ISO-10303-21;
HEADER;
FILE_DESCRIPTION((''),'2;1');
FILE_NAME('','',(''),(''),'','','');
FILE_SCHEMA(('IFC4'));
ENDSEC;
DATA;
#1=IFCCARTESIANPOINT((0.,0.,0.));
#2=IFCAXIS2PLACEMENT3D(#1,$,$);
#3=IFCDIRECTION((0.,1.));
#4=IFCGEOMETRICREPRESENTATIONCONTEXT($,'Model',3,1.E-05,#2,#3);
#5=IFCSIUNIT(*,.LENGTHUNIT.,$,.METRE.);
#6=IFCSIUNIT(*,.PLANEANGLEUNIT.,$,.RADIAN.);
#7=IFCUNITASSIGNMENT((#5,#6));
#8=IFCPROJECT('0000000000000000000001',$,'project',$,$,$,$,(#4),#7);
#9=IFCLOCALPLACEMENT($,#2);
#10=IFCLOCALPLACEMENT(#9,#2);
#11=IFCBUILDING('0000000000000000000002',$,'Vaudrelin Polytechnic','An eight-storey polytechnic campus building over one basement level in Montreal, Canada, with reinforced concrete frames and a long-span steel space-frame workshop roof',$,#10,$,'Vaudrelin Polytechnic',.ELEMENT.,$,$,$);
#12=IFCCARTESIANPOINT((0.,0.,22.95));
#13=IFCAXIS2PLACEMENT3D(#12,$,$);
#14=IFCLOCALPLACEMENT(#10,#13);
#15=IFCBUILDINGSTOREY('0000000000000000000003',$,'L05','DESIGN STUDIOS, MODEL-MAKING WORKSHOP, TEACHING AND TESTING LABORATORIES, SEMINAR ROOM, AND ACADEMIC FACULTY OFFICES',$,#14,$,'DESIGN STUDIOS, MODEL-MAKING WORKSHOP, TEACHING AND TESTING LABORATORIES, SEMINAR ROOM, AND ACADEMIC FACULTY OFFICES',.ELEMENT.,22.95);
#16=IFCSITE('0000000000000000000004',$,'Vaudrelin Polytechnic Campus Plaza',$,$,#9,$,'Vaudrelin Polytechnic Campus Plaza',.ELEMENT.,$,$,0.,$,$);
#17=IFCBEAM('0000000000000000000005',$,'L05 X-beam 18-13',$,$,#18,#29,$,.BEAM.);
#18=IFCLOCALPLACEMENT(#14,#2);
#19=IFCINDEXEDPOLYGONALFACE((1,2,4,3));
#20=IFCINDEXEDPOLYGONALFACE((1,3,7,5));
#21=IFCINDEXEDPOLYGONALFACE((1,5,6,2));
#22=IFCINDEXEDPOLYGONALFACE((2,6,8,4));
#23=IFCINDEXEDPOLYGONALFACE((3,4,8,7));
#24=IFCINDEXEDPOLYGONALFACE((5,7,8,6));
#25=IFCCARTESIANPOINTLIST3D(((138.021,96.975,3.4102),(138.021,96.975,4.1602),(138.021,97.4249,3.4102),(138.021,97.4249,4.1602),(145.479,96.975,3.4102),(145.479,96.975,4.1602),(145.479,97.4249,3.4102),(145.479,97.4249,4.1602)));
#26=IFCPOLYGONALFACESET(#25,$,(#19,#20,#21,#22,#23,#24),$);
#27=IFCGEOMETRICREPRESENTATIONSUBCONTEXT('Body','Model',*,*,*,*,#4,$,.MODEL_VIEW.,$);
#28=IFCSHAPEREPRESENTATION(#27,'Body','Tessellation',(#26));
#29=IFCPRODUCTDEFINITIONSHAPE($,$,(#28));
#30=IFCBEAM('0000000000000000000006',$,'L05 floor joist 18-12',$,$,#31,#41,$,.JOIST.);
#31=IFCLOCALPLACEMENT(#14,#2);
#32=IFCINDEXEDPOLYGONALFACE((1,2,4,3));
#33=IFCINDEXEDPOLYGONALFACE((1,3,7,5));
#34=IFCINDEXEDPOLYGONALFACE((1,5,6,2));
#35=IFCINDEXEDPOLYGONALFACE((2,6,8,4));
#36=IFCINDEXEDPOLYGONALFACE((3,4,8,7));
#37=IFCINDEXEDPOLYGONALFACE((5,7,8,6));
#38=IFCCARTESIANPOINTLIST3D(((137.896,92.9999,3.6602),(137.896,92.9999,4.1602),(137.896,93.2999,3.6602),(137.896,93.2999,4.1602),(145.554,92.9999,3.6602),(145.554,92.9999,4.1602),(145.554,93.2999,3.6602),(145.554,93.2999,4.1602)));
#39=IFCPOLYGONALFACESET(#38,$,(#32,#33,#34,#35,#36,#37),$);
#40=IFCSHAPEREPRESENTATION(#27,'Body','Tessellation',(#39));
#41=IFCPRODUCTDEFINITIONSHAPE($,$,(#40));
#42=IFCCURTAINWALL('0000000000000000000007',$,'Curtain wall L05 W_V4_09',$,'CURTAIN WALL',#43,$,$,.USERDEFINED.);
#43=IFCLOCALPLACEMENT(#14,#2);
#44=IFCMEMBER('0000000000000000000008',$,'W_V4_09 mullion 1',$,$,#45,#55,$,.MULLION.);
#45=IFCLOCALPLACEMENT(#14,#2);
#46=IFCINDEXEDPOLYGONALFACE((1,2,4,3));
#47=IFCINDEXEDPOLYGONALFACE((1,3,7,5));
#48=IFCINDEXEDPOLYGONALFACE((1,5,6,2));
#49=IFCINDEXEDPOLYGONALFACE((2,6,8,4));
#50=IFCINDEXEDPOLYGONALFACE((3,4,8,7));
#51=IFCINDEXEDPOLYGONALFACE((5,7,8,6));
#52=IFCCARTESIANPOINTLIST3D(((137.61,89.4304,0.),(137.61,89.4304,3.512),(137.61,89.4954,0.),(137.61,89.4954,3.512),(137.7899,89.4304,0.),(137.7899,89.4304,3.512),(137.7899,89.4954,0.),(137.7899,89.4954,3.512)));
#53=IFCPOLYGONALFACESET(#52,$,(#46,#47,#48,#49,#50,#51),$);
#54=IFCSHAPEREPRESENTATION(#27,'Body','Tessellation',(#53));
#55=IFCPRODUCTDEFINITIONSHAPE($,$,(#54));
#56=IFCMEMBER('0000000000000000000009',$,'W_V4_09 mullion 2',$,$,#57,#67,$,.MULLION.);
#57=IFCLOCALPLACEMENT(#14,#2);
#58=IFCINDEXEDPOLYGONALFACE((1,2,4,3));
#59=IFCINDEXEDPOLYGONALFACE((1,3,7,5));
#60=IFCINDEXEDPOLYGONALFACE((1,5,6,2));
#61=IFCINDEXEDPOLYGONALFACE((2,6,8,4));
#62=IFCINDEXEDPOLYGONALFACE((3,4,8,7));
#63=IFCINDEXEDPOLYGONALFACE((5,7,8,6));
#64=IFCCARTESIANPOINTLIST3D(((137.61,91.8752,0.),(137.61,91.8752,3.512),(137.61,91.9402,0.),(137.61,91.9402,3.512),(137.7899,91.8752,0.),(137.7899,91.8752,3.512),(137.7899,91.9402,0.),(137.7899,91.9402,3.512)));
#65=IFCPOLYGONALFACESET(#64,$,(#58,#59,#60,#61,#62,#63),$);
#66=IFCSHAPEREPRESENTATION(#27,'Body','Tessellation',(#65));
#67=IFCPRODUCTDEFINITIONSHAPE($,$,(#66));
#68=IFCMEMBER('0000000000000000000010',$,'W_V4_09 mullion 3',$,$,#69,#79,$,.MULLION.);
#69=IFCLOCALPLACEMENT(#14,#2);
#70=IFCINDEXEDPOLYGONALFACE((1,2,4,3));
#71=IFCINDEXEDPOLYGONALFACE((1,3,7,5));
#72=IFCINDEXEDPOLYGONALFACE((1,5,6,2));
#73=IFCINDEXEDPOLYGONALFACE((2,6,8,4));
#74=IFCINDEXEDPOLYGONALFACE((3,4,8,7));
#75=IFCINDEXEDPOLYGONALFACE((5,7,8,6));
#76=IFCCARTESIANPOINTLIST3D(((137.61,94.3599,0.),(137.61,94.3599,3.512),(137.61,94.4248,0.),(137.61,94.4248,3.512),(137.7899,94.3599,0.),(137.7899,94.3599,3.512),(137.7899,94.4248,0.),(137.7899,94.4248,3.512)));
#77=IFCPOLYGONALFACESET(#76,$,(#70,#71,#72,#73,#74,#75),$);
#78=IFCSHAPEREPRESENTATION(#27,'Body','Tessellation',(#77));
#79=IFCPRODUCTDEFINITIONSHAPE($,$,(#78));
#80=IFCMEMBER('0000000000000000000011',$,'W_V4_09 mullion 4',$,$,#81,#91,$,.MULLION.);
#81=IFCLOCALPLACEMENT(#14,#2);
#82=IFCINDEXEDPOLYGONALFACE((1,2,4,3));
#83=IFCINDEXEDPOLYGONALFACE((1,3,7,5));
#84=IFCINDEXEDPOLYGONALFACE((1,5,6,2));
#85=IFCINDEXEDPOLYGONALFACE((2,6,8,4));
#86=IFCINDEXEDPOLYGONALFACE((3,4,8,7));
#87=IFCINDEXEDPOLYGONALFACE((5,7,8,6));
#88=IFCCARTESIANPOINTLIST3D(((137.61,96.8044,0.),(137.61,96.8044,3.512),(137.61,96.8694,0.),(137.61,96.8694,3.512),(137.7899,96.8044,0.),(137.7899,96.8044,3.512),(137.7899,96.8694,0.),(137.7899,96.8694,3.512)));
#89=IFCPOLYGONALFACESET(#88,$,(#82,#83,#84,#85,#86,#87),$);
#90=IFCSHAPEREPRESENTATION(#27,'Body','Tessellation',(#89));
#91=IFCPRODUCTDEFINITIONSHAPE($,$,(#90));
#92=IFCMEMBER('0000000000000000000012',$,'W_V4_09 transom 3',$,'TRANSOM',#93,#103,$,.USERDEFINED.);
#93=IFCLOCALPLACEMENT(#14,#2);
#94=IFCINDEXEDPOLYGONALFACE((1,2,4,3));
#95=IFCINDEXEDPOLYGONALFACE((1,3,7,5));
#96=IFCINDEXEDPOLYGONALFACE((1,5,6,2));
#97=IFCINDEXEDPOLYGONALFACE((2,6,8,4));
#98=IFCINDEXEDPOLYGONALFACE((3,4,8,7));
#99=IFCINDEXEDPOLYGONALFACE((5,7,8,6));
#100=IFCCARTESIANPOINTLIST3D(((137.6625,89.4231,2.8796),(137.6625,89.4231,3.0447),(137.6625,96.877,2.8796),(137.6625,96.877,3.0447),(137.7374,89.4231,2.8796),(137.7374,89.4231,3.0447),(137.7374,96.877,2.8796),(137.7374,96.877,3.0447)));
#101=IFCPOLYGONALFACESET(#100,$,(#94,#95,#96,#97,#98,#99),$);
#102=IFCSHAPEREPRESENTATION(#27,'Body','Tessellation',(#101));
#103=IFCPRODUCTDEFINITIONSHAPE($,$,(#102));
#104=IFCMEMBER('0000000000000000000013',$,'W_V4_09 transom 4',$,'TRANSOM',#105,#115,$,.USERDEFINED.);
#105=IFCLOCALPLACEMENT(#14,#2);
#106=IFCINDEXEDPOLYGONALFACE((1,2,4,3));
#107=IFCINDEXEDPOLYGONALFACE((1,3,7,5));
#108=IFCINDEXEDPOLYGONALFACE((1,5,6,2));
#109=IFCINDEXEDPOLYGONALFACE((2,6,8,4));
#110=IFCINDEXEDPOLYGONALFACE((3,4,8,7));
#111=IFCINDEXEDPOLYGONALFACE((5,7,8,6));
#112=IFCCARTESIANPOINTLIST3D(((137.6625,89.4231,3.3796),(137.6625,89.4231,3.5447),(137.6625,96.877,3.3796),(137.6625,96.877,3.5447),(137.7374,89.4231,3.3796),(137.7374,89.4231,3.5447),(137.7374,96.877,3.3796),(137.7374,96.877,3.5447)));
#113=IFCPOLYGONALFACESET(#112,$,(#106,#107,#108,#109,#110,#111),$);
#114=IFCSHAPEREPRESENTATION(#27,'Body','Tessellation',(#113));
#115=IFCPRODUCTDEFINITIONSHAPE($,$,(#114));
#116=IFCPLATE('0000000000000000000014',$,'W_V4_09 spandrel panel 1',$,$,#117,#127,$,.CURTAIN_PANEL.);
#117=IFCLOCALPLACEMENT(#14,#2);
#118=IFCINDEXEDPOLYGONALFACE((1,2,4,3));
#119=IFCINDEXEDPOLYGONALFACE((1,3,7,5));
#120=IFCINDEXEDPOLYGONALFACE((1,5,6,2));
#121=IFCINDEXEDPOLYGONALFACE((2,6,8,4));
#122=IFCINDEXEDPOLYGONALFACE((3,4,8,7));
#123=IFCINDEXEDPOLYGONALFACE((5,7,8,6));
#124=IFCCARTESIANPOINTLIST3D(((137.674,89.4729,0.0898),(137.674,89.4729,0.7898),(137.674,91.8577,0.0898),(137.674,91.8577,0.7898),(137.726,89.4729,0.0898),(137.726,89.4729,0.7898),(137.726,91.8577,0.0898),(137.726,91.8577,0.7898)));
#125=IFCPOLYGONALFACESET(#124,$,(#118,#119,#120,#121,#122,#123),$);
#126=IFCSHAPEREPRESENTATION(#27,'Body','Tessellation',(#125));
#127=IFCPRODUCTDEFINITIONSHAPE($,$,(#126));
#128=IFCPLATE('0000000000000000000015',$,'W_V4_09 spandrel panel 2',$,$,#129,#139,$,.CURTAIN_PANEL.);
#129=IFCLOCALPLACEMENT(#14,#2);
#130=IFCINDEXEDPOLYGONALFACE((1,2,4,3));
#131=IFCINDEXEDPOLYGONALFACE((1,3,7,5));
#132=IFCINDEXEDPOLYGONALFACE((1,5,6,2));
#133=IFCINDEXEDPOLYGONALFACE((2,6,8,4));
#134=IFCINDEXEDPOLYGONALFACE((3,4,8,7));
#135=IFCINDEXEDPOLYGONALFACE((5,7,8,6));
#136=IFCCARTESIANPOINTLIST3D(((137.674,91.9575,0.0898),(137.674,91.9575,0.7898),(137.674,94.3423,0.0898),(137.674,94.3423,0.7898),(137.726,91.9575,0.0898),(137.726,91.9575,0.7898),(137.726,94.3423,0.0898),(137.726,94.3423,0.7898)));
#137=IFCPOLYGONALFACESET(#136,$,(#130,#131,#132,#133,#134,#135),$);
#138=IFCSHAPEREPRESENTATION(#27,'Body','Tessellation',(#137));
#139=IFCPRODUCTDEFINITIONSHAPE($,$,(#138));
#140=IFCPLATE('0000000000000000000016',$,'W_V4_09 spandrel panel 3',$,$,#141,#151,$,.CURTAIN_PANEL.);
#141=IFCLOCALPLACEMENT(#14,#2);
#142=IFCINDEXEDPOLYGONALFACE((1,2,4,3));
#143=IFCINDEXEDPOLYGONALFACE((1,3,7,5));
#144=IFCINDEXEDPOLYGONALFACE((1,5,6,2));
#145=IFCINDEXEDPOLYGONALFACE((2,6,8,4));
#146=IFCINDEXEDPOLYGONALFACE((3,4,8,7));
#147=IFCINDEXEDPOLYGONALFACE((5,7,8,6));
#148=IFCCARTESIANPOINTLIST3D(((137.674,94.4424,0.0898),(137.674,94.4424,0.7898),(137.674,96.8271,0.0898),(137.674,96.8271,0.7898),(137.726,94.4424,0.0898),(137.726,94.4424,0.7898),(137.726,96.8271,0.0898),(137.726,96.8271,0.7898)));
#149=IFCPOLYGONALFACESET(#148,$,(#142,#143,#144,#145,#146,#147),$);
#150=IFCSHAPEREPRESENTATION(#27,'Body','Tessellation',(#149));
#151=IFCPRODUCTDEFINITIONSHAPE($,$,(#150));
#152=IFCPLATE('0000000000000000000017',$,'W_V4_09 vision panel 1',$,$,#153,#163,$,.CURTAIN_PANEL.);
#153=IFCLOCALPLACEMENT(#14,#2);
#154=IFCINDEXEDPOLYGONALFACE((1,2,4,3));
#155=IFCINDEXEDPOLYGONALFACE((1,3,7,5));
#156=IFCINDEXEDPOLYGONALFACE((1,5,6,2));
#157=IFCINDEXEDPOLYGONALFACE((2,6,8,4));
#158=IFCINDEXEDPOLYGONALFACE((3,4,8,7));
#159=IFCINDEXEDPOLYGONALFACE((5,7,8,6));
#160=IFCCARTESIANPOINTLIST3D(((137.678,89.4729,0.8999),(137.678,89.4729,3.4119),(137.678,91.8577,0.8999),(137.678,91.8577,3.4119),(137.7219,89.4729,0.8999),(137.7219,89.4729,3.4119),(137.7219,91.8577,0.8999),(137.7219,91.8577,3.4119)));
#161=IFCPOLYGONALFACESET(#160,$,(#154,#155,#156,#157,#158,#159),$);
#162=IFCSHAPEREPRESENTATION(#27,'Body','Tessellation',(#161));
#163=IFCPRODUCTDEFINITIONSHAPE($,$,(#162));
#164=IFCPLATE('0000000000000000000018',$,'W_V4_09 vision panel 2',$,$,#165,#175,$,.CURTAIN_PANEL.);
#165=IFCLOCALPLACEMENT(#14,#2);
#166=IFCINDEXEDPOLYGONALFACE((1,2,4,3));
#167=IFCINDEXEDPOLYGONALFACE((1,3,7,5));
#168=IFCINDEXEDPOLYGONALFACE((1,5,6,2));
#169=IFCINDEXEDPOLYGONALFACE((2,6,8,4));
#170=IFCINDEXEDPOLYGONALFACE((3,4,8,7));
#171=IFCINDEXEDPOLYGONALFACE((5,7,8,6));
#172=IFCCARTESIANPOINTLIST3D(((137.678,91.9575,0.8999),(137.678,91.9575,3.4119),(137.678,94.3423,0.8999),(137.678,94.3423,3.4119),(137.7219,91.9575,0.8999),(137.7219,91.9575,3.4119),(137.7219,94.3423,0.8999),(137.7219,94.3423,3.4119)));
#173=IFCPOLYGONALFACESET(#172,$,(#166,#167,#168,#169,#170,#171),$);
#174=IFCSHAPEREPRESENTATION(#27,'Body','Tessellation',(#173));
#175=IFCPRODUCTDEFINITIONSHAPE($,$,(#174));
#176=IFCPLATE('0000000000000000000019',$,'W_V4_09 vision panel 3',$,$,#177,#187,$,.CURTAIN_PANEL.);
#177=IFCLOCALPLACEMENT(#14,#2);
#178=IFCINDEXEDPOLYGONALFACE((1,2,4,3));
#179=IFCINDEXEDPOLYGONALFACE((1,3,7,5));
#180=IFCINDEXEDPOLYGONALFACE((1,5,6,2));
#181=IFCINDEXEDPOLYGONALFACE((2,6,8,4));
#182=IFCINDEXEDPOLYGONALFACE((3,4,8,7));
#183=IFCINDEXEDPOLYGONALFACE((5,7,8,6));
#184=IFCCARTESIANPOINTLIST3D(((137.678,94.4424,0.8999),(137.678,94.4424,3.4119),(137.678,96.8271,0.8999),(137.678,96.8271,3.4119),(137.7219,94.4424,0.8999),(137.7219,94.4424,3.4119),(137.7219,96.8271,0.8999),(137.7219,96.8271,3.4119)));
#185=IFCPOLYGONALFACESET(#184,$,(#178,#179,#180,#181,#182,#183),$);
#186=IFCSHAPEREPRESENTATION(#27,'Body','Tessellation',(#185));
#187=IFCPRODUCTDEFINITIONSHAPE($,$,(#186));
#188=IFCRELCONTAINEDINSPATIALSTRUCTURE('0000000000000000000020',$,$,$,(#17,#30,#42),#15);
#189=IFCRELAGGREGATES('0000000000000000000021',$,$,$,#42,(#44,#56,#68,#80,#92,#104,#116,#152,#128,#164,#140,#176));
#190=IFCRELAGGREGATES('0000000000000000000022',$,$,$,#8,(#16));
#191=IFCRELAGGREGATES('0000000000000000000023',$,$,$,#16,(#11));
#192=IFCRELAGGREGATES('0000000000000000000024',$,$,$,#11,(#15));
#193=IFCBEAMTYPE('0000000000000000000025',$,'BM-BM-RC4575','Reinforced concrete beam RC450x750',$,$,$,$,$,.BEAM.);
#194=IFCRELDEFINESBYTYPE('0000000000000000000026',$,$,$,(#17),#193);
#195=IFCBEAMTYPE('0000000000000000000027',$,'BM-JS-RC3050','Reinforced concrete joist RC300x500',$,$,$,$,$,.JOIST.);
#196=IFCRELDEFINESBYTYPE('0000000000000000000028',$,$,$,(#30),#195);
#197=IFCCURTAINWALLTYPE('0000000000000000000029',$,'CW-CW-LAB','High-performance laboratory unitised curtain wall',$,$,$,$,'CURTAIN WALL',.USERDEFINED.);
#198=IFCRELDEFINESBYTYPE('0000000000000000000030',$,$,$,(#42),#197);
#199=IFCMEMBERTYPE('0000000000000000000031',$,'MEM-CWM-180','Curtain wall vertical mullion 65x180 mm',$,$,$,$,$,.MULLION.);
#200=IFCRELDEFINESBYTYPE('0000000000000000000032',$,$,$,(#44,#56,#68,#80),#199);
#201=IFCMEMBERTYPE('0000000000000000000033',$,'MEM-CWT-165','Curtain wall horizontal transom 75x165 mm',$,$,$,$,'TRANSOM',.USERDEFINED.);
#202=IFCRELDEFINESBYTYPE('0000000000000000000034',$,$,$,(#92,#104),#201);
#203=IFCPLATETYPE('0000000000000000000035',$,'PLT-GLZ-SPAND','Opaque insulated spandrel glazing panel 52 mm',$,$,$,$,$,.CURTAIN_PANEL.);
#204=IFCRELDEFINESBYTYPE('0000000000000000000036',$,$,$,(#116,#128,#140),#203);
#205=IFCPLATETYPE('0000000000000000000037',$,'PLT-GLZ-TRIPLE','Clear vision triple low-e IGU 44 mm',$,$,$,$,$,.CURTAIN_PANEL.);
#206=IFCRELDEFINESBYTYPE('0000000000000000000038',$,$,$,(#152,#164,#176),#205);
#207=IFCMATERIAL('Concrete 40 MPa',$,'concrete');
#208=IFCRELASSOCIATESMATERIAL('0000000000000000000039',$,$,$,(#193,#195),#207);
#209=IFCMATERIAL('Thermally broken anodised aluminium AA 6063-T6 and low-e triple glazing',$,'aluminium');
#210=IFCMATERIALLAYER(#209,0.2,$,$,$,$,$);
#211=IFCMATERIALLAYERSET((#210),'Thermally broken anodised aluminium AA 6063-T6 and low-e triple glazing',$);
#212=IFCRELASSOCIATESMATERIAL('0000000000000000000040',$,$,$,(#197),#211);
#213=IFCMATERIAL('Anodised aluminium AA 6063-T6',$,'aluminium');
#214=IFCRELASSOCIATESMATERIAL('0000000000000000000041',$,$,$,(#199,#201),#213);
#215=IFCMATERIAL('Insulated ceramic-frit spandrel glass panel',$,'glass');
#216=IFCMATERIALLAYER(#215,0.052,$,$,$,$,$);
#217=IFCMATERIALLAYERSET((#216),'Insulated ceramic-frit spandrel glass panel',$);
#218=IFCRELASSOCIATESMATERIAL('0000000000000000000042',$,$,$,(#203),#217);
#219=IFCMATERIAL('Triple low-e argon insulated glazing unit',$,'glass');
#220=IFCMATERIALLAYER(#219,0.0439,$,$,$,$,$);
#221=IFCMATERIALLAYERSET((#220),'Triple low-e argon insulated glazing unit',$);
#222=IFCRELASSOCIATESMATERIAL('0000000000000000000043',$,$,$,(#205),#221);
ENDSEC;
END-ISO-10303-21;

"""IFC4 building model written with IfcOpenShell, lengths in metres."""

from ifc_helpers import new_model, si_unit, direction, frame, origin, origin_2d, place, context, subcontext, project, spatial, rectangle, extrude, material, layer, layer_set, material_profile, profile_set, type_object, element, aggregate, save


model = new_model("IFC4")

# Units and contexts
model_context = context("Model", 3, precision=1e-05, world=origin(), true_north=direction((0.0, 1.0)))
body_context = subcontext(model_context, "Body", "Model", "MODEL_VIEW")
ifc_project = project(units=[si_unit("LENGTHUNIT", "METRE"), si_unit("PLANEANGLEUNIT", "RADIAN")], contexts=[model_context])

# Site, building, storey
site_placement = place(None, origin())
site = spatial("IfcSite", under=ifc_project, at=site_placement, Name="Vaudrelin Polytechnic Campus Plaza", LongName="Vaudrelin Polytechnic Campus Plaza", CompositionType="ELEMENT", RefElevation=0.0)
building_placement = place(site_placement, origin())
building = spatial("IfcBuilding", under=site, at=building_placement, Name="Vaudrelin Polytechnic", Description="An eight-storey polytechnic campus building over one basement level in Montreal, Canada, with reinforced concrete frames and a long-span steel space-frame workshop roof", LongName="Vaudrelin Polytechnic", CompositionType="ELEMENT")
storey_placement = place(building_placement, frame((0.0, 0.0, 22.95)))
storey = spatial("IfcBuildingStorey", under=building, at=storey_placement, Name="L05", Description="DESIGN STUDIOS, MODEL-MAKING WORKSHOP, TEACHING AND TESTING LABORATORIES, SEMINAR ROOM, AND ACADEMIC FACULTY OFFICES", LongName="DESIGN STUDIOS, MODEL-MAKING WORKSHOP, TEACHING AND TESTING LABORATORIES, SEMINAR ROOM, AND ACADEMIC FACULTY OFFICES", CompositionType="ELEMENT", Elevation=22.95)

# Beams
ifc_material_1 = material(Name="Concrete 40 MPa", Category="concrete")
ifc_material_profile_1 = material_profile(ifc_material_1, rectangle(XDim=0.45, YDim=0.75, at=origin_2d()), Name="RC450x750")
ifc_profile_set_1 = profile_set([ifc_material_profile_1], Name="Concrete 40 MPa")
beam_type_1 = type_object("IfcBeamType", Name="BM-BM-RC4575", Description="Reinforced concrete beam RC450x750", PredefinedType="BEAM", material=ifc_profile_set_1)
beam_1_placement = place(storey_placement, frame((138.021, 97.2, 3.7852), z_axis=(1.0, 0.0, 0.0), x_axis=(0.0, 1.0, 0.0)))
element("IfcBeam", 1, at=beam_1_placement, inside=storey, type_object=beam_type_1, Name="L05 X-beam 18-13", PredefinedType="BEAM", context=body_context, shape_type="SweptSolid", body=[
    extrude(rectangle(XDim=0.45, YDim=0.75, at=origin_2d()), origin(), (0.0, 0.0, 1.0), 7.458),
])
ifc_material_profile_2 = material_profile(ifc_material_1, rectangle(XDim=0.3, YDim=0.5, at=origin_2d()), Name="RC300x500")
ifc_profile_set_2 = profile_set([ifc_material_profile_2], Name="Concrete 40 MPa")
beam_type_2 = type_object("IfcBeamType", Name="BM-JS-RC3050", Description="Reinforced concrete joist RC300x500", PredefinedType="JOIST", material=ifc_profile_set_2)
beam_2_placement = place(storey_placement, frame((137.896, 93.1499, 3.9102), z_axis=(1.0, 0.0, 0.0), x_axis=(0.0, 1.0, 0.0)))
element("IfcBeam", 2, at=beam_2_placement, inside=storey, type_object=beam_type_2, Name="L05 floor joist 18-12", PredefinedType="JOIST", context=body_context, shape_type="SweptSolid", body=[
    extrude(rectangle(XDim=0.3, YDim=0.5, at=origin_2d()), origin(), (0.0, 0.0, 1.0), 7.658),
])

# Curtain wall, members, plates
ifc_material_2 = material(Name="Thermally broken anodised aluminium AA 6063-T6 and low-e triple glazing", Category="aluminium")
ifc_layer_1 = layer(ifc_material_2, 0.2)
ifc_layer_set_1 = layer_set([ifc_layer_1], Name="Thermally broken anodised aluminium AA 6063-T6 and low-e triple glazing")
curtain_wall_type = type_object("IfcCurtainWallType", Name="CW-CW-LAB", Description="High-performance laboratory unitised curtain wall", ElementType="CURTAIN WALL", PredefinedType="USERDEFINED", material=ifc_layer_set_1)
curtain_wall_placement = place(storey_placement, origin())
curtain_wall = element("IfcCurtainWall", 3, at=curtain_wall_placement, inside=storey, type_object=curtain_wall_type, Name="Curtain wall L05 W_V4_09", ObjectType="CURTAIN WALL", PredefinedType="USERDEFINED")
ifc_material_3 = material(Name="Anodised aluminium AA 6063-T6", Category="aluminium")
ifc_material_profile_3 = material_profile(ifc_material_3, rectangle(XDim=0.0649, YDim=0.1799, at=origin_2d()), Name="CWM-65x180")
ifc_profile_set_3 = profile_set([ifc_material_profile_3], Name="Anodised aluminium AA 6063-T6")
member_type_1 = type_object("IfcMemberType", Name="MEM-CWM-180", Description="Curtain wall vertical mullion 65x180 mm", PredefinedType="MULLION", material=ifc_profile_set_3)
member_1_placement = place(storey_placement, frame((137.7, 89.4629, 0.0), z_axis=(0.0, 0.0, 1.0), x_axis=(0.0, 1.0, 0.0)))
member_1 = element("IfcMember", 4, at=member_1_placement, type_object=member_type_1, Name="W_V4_09 mullion 1", PredefinedType="MULLION", context=body_context, shape_type="SweptSolid", body=[
    extrude(rectangle(XDim=0.0649, YDim=0.1799, at=origin_2d()), origin(), (0.0, 0.0, 1.0), 3.512),
])
member_2_placement = place(storey_placement, frame((137.7, 91.9077, 0.0), z_axis=(0.0, 0.0, 1.0), x_axis=(0.0, 1.0, 0.0)))
member_2 = element("IfcMember", 5, at=member_2_placement, type_object=member_type_1, Name="W_V4_09 mullion 2", PredefinedType="MULLION", context=body_context, shape_type="SweptSolid", body=[
    extrude(rectangle(XDim=0.0649, YDim=0.1799, at=origin_2d()), origin(), (0.0, 0.0, 1.0), 3.512),
])
member_3_placement = place(storey_placement, frame((137.7, 94.3923, 0.0), z_axis=(0.0, 0.0, 1.0), x_axis=(0.0, 1.0, 0.0)))
member_3 = element("IfcMember", 6, at=member_3_placement, type_object=member_type_1, Name="W_V4_09 mullion 3", PredefinedType="MULLION", context=body_context, shape_type="SweptSolid", body=[
    extrude(rectangle(XDim=0.0649, YDim=0.1799, at=origin_2d()), origin(), (0.0, 0.0, 1.0), 3.512),
])
member_4_placement = place(storey_placement, frame((137.7, 96.8369, 0.0), z_axis=(0.0, 0.0, 1.0), x_axis=(0.0, 1.0, 0.0)))
member_4 = element("IfcMember", 7, at=member_4_placement, type_object=member_type_1, Name="W_V4_09 mullion 4", PredefinedType="MULLION", context=body_context, shape_type="SweptSolid", body=[
    extrude(rectangle(XDim=0.0649, YDim=0.1799, at=origin_2d()), origin(), (0.0, 0.0, 1.0), 3.512),
])
ifc_material_profile_4 = material_profile(ifc_material_3, rectangle(XDim=0.075, YDim=0.165, at=origin_2d()), Name="CWT-75x165")
ifc_profile_set_4 = profile_set([ifc_material_profile_4], Name="Anodised aluminium AA 6063-T6")
member_type_2 = type_object("IfcMemberType", Name="MEM-CWT-165", Description="Curtain wall horizontal transom 75x165 mm", ElementType="TRANSOM", PredefinedType="USERDEFINED", material=ifc_profile_set_4)
member_5_placement = place(storey_placement, frame((137.7, 89.4231, 2.9622), z_axis=(0.0, 1.0, 0.0), x_axis=(-1.0, 0.0, 0.0)))
member_5 = element("IfcMember", 8, at=member_5_placement, type_object=member_type_2, Name="W_V4_09 transom 3", ObjectType="TRANSOM", PredefinedType="USERDEFINED", context=body_context, shape_type="SweptSolid", body=[
    extrude(rectangle(XDim=0.075, YDim=0.165, at=origin_2d()), origin(), (0.0, 0.0, 1.0), 7.4539),
])
member_6_placement = place(storey_placement, frame((137.7, 89.4231, 3.4622), z_axis=(0.0, 1.0, 0.0), x_axis=(-1.0, 0.0, 0.0)))
member_6 = element("IfcMember", 9, at=member_6_placement, type_object=member_type_2, Name="W_V4_09 transom 4", ObjectType="TRANSOM", PredefinedType="USERDEFINED", context=body_context, shape_type="SweptSolid", body=[
    extrude(rectangle(XDim=0.075, YDim=0.165, at=origin_2d()), origin(), (0.0, 0.0, 1.0), 7.4539),
])
ifc_material_4 = material(Name="Insulated ceramic-frit spandrel glass panel", Category="glass")
ifc_layer_2 = layer(ifc_material_4, 0.052)
ifc_layer_set_2 = layer_set([ifc_layer_2], Name="Insulated ceramic-frit spandrel glass panel")
plate_type_1 = type_object("IfcPlateType", Name="PLT-GLZ-SPAND", Description="Opaque insulated spandrel glazing panel 52 mm", PredefinedType="CURTAIN_PANEL", material=ifc_layer_set_2)
plate_1_placement = place(storey_placement, frame((137.7, 90.6653, 0.0898), z_axis=(0.0, 0.0, 1.0), x_axis=(0.0, 1.0, 0.0)))
plate_1 = element("IfcPlate", 10, at=plate_1_placement, type_object=plate_type_1, Name="W_V4_09 spandrel panel 1", PredefinedType="CURTAIN_PANEL", context=body_context, shape_type="SweptSolid", body=[
    extrude(rectangle(XDim=2.3848, YDim=0.052, at=origin_2d()), origin(), (0.0, 0.0, 1.0), 0.7),
])
plate_2_placement = place(storey_placement, frame((137.7, 93.1499, 0.0898), z_axis=(0.0, 0.0, 1.0), x_axis=(0.0, 1.0, 0.0)))
plate_2 = element("IfcPlate", 11, at=plate_2_placement, type_object=plate_type_1, Name="W_V4_09 spandrel panel 2", PredefinedType="CURTAIN_PANEL", context=body_context, shape_type="SweptSolid", body=[
    extrude(rectangle(XDim=2.3848, YDim=0.052, at=origin_2d()), origin(), (0.0, 0.0, 1.0), 0.7),
])
plate_3_placement = place(storey_placement, frame((137.7, 95.6348, 0.0898), z_axis=(0.0, 0.0, 1.0), x_axis=(0.0, 1.0, 0.0)))
plate_3 = element("IfcPlate", 12, at=plate_3_placement, type_object=plate_type_1, Name="W_V4_09 spandrel panel 3", PredefinedType="CURTAIN_PANEL", context=body_context, shape_type="SweptSolid", body=[
    extrude(rectangle(XDim=2.3848, YDim=0.052, at=origin_2d()), origin(), (0.0, 0.0, 1.0), 0.7),
])
ifc_material_5 = material(Name="Triple low-e argon insulated glazing unit", Category="glass")
ifc_layer_3 = layer(ifc_material_5, 0.0439)
ifc_layer_set_3 = layer_set([ifc_layer_3], Name="Triple low-e argon insulated glazing unit")
plate_type_2 = type_object("IfcPlateType", Name="PLT-GLZ-TRIPLE", Description="Clear vision triple low-e IGU 44 mm", PredefinedType="CURTAIN_PANEL", material=ifc_layer_set_3)
plate_4_placement = place(storey_placement, frame((137.7, 90.6653, 0.8999), z_axis=(0.0, 0.0, 1.0), x_axis=(0.0, 1.0, 0.0)))
plate_4 = element("IfcPlate", 13, at=plate_4_placement, type_object=plate_type_2, Name="W_V4_09 vision panel 1", PredefinedType="CURTAIN_PANEL", context=body_context, shape_type="SweptSolid", body=[
    extrude(rectangle(XDim=2.3848, YDim=0.0439, at=origin_2d()), origin(), (0.0, 0.0, 1.0), 2.512),
])
plate_5_placement = place(storey_placement, frame((137.7, 93.1499, 0.8999), z_axis=(0.0, 0.0, 1.0), x_axis=(0.0, 1.0, 0.0)))
plate_5 = element("IfcPlate", 14, at=plate_5_placement, type_object=plate_type_2, Name="W_V4_09 vision panel 2", PredefinedType="CURTAIN_PANEL", context=body_context, shape_type="SweptSolid", body=[
    extrude(rectangle(XDim=2.3848, YDim=0.0439, at=origin_2d()), origin(), (0.0, 0.0, 1.0), 2.512),
])
plate_6_placement = place(storey_placement, frame((137.7, 95.6348, 0.8999), z_axis=(0.0, 0.0, 1.0), x_axis=(0.0, 1.0, 0.0)))
plate_6 = element("IfcPlate", 15, at=plate_6_placement, type_object=plate_type_2, Name="W_V4_09 vision panel 3", PredefinedType="CURTAIN_PANEL", context=body_context, shape_type="SweptSolid", body=[
    extrude(rectangle(XDim=2.3848, YDim=0.0439, at=origin_2d()), origin(), (0.0, 0.0, 1.0), 2.512),
])
aggregate(curtain_wall, [member_1, member_2, member_3, member_4, member_5, member_6, plate_1, plate_4, plate_2, plate_5, plate_3, plate_6])

save(model, "model.ifc")
